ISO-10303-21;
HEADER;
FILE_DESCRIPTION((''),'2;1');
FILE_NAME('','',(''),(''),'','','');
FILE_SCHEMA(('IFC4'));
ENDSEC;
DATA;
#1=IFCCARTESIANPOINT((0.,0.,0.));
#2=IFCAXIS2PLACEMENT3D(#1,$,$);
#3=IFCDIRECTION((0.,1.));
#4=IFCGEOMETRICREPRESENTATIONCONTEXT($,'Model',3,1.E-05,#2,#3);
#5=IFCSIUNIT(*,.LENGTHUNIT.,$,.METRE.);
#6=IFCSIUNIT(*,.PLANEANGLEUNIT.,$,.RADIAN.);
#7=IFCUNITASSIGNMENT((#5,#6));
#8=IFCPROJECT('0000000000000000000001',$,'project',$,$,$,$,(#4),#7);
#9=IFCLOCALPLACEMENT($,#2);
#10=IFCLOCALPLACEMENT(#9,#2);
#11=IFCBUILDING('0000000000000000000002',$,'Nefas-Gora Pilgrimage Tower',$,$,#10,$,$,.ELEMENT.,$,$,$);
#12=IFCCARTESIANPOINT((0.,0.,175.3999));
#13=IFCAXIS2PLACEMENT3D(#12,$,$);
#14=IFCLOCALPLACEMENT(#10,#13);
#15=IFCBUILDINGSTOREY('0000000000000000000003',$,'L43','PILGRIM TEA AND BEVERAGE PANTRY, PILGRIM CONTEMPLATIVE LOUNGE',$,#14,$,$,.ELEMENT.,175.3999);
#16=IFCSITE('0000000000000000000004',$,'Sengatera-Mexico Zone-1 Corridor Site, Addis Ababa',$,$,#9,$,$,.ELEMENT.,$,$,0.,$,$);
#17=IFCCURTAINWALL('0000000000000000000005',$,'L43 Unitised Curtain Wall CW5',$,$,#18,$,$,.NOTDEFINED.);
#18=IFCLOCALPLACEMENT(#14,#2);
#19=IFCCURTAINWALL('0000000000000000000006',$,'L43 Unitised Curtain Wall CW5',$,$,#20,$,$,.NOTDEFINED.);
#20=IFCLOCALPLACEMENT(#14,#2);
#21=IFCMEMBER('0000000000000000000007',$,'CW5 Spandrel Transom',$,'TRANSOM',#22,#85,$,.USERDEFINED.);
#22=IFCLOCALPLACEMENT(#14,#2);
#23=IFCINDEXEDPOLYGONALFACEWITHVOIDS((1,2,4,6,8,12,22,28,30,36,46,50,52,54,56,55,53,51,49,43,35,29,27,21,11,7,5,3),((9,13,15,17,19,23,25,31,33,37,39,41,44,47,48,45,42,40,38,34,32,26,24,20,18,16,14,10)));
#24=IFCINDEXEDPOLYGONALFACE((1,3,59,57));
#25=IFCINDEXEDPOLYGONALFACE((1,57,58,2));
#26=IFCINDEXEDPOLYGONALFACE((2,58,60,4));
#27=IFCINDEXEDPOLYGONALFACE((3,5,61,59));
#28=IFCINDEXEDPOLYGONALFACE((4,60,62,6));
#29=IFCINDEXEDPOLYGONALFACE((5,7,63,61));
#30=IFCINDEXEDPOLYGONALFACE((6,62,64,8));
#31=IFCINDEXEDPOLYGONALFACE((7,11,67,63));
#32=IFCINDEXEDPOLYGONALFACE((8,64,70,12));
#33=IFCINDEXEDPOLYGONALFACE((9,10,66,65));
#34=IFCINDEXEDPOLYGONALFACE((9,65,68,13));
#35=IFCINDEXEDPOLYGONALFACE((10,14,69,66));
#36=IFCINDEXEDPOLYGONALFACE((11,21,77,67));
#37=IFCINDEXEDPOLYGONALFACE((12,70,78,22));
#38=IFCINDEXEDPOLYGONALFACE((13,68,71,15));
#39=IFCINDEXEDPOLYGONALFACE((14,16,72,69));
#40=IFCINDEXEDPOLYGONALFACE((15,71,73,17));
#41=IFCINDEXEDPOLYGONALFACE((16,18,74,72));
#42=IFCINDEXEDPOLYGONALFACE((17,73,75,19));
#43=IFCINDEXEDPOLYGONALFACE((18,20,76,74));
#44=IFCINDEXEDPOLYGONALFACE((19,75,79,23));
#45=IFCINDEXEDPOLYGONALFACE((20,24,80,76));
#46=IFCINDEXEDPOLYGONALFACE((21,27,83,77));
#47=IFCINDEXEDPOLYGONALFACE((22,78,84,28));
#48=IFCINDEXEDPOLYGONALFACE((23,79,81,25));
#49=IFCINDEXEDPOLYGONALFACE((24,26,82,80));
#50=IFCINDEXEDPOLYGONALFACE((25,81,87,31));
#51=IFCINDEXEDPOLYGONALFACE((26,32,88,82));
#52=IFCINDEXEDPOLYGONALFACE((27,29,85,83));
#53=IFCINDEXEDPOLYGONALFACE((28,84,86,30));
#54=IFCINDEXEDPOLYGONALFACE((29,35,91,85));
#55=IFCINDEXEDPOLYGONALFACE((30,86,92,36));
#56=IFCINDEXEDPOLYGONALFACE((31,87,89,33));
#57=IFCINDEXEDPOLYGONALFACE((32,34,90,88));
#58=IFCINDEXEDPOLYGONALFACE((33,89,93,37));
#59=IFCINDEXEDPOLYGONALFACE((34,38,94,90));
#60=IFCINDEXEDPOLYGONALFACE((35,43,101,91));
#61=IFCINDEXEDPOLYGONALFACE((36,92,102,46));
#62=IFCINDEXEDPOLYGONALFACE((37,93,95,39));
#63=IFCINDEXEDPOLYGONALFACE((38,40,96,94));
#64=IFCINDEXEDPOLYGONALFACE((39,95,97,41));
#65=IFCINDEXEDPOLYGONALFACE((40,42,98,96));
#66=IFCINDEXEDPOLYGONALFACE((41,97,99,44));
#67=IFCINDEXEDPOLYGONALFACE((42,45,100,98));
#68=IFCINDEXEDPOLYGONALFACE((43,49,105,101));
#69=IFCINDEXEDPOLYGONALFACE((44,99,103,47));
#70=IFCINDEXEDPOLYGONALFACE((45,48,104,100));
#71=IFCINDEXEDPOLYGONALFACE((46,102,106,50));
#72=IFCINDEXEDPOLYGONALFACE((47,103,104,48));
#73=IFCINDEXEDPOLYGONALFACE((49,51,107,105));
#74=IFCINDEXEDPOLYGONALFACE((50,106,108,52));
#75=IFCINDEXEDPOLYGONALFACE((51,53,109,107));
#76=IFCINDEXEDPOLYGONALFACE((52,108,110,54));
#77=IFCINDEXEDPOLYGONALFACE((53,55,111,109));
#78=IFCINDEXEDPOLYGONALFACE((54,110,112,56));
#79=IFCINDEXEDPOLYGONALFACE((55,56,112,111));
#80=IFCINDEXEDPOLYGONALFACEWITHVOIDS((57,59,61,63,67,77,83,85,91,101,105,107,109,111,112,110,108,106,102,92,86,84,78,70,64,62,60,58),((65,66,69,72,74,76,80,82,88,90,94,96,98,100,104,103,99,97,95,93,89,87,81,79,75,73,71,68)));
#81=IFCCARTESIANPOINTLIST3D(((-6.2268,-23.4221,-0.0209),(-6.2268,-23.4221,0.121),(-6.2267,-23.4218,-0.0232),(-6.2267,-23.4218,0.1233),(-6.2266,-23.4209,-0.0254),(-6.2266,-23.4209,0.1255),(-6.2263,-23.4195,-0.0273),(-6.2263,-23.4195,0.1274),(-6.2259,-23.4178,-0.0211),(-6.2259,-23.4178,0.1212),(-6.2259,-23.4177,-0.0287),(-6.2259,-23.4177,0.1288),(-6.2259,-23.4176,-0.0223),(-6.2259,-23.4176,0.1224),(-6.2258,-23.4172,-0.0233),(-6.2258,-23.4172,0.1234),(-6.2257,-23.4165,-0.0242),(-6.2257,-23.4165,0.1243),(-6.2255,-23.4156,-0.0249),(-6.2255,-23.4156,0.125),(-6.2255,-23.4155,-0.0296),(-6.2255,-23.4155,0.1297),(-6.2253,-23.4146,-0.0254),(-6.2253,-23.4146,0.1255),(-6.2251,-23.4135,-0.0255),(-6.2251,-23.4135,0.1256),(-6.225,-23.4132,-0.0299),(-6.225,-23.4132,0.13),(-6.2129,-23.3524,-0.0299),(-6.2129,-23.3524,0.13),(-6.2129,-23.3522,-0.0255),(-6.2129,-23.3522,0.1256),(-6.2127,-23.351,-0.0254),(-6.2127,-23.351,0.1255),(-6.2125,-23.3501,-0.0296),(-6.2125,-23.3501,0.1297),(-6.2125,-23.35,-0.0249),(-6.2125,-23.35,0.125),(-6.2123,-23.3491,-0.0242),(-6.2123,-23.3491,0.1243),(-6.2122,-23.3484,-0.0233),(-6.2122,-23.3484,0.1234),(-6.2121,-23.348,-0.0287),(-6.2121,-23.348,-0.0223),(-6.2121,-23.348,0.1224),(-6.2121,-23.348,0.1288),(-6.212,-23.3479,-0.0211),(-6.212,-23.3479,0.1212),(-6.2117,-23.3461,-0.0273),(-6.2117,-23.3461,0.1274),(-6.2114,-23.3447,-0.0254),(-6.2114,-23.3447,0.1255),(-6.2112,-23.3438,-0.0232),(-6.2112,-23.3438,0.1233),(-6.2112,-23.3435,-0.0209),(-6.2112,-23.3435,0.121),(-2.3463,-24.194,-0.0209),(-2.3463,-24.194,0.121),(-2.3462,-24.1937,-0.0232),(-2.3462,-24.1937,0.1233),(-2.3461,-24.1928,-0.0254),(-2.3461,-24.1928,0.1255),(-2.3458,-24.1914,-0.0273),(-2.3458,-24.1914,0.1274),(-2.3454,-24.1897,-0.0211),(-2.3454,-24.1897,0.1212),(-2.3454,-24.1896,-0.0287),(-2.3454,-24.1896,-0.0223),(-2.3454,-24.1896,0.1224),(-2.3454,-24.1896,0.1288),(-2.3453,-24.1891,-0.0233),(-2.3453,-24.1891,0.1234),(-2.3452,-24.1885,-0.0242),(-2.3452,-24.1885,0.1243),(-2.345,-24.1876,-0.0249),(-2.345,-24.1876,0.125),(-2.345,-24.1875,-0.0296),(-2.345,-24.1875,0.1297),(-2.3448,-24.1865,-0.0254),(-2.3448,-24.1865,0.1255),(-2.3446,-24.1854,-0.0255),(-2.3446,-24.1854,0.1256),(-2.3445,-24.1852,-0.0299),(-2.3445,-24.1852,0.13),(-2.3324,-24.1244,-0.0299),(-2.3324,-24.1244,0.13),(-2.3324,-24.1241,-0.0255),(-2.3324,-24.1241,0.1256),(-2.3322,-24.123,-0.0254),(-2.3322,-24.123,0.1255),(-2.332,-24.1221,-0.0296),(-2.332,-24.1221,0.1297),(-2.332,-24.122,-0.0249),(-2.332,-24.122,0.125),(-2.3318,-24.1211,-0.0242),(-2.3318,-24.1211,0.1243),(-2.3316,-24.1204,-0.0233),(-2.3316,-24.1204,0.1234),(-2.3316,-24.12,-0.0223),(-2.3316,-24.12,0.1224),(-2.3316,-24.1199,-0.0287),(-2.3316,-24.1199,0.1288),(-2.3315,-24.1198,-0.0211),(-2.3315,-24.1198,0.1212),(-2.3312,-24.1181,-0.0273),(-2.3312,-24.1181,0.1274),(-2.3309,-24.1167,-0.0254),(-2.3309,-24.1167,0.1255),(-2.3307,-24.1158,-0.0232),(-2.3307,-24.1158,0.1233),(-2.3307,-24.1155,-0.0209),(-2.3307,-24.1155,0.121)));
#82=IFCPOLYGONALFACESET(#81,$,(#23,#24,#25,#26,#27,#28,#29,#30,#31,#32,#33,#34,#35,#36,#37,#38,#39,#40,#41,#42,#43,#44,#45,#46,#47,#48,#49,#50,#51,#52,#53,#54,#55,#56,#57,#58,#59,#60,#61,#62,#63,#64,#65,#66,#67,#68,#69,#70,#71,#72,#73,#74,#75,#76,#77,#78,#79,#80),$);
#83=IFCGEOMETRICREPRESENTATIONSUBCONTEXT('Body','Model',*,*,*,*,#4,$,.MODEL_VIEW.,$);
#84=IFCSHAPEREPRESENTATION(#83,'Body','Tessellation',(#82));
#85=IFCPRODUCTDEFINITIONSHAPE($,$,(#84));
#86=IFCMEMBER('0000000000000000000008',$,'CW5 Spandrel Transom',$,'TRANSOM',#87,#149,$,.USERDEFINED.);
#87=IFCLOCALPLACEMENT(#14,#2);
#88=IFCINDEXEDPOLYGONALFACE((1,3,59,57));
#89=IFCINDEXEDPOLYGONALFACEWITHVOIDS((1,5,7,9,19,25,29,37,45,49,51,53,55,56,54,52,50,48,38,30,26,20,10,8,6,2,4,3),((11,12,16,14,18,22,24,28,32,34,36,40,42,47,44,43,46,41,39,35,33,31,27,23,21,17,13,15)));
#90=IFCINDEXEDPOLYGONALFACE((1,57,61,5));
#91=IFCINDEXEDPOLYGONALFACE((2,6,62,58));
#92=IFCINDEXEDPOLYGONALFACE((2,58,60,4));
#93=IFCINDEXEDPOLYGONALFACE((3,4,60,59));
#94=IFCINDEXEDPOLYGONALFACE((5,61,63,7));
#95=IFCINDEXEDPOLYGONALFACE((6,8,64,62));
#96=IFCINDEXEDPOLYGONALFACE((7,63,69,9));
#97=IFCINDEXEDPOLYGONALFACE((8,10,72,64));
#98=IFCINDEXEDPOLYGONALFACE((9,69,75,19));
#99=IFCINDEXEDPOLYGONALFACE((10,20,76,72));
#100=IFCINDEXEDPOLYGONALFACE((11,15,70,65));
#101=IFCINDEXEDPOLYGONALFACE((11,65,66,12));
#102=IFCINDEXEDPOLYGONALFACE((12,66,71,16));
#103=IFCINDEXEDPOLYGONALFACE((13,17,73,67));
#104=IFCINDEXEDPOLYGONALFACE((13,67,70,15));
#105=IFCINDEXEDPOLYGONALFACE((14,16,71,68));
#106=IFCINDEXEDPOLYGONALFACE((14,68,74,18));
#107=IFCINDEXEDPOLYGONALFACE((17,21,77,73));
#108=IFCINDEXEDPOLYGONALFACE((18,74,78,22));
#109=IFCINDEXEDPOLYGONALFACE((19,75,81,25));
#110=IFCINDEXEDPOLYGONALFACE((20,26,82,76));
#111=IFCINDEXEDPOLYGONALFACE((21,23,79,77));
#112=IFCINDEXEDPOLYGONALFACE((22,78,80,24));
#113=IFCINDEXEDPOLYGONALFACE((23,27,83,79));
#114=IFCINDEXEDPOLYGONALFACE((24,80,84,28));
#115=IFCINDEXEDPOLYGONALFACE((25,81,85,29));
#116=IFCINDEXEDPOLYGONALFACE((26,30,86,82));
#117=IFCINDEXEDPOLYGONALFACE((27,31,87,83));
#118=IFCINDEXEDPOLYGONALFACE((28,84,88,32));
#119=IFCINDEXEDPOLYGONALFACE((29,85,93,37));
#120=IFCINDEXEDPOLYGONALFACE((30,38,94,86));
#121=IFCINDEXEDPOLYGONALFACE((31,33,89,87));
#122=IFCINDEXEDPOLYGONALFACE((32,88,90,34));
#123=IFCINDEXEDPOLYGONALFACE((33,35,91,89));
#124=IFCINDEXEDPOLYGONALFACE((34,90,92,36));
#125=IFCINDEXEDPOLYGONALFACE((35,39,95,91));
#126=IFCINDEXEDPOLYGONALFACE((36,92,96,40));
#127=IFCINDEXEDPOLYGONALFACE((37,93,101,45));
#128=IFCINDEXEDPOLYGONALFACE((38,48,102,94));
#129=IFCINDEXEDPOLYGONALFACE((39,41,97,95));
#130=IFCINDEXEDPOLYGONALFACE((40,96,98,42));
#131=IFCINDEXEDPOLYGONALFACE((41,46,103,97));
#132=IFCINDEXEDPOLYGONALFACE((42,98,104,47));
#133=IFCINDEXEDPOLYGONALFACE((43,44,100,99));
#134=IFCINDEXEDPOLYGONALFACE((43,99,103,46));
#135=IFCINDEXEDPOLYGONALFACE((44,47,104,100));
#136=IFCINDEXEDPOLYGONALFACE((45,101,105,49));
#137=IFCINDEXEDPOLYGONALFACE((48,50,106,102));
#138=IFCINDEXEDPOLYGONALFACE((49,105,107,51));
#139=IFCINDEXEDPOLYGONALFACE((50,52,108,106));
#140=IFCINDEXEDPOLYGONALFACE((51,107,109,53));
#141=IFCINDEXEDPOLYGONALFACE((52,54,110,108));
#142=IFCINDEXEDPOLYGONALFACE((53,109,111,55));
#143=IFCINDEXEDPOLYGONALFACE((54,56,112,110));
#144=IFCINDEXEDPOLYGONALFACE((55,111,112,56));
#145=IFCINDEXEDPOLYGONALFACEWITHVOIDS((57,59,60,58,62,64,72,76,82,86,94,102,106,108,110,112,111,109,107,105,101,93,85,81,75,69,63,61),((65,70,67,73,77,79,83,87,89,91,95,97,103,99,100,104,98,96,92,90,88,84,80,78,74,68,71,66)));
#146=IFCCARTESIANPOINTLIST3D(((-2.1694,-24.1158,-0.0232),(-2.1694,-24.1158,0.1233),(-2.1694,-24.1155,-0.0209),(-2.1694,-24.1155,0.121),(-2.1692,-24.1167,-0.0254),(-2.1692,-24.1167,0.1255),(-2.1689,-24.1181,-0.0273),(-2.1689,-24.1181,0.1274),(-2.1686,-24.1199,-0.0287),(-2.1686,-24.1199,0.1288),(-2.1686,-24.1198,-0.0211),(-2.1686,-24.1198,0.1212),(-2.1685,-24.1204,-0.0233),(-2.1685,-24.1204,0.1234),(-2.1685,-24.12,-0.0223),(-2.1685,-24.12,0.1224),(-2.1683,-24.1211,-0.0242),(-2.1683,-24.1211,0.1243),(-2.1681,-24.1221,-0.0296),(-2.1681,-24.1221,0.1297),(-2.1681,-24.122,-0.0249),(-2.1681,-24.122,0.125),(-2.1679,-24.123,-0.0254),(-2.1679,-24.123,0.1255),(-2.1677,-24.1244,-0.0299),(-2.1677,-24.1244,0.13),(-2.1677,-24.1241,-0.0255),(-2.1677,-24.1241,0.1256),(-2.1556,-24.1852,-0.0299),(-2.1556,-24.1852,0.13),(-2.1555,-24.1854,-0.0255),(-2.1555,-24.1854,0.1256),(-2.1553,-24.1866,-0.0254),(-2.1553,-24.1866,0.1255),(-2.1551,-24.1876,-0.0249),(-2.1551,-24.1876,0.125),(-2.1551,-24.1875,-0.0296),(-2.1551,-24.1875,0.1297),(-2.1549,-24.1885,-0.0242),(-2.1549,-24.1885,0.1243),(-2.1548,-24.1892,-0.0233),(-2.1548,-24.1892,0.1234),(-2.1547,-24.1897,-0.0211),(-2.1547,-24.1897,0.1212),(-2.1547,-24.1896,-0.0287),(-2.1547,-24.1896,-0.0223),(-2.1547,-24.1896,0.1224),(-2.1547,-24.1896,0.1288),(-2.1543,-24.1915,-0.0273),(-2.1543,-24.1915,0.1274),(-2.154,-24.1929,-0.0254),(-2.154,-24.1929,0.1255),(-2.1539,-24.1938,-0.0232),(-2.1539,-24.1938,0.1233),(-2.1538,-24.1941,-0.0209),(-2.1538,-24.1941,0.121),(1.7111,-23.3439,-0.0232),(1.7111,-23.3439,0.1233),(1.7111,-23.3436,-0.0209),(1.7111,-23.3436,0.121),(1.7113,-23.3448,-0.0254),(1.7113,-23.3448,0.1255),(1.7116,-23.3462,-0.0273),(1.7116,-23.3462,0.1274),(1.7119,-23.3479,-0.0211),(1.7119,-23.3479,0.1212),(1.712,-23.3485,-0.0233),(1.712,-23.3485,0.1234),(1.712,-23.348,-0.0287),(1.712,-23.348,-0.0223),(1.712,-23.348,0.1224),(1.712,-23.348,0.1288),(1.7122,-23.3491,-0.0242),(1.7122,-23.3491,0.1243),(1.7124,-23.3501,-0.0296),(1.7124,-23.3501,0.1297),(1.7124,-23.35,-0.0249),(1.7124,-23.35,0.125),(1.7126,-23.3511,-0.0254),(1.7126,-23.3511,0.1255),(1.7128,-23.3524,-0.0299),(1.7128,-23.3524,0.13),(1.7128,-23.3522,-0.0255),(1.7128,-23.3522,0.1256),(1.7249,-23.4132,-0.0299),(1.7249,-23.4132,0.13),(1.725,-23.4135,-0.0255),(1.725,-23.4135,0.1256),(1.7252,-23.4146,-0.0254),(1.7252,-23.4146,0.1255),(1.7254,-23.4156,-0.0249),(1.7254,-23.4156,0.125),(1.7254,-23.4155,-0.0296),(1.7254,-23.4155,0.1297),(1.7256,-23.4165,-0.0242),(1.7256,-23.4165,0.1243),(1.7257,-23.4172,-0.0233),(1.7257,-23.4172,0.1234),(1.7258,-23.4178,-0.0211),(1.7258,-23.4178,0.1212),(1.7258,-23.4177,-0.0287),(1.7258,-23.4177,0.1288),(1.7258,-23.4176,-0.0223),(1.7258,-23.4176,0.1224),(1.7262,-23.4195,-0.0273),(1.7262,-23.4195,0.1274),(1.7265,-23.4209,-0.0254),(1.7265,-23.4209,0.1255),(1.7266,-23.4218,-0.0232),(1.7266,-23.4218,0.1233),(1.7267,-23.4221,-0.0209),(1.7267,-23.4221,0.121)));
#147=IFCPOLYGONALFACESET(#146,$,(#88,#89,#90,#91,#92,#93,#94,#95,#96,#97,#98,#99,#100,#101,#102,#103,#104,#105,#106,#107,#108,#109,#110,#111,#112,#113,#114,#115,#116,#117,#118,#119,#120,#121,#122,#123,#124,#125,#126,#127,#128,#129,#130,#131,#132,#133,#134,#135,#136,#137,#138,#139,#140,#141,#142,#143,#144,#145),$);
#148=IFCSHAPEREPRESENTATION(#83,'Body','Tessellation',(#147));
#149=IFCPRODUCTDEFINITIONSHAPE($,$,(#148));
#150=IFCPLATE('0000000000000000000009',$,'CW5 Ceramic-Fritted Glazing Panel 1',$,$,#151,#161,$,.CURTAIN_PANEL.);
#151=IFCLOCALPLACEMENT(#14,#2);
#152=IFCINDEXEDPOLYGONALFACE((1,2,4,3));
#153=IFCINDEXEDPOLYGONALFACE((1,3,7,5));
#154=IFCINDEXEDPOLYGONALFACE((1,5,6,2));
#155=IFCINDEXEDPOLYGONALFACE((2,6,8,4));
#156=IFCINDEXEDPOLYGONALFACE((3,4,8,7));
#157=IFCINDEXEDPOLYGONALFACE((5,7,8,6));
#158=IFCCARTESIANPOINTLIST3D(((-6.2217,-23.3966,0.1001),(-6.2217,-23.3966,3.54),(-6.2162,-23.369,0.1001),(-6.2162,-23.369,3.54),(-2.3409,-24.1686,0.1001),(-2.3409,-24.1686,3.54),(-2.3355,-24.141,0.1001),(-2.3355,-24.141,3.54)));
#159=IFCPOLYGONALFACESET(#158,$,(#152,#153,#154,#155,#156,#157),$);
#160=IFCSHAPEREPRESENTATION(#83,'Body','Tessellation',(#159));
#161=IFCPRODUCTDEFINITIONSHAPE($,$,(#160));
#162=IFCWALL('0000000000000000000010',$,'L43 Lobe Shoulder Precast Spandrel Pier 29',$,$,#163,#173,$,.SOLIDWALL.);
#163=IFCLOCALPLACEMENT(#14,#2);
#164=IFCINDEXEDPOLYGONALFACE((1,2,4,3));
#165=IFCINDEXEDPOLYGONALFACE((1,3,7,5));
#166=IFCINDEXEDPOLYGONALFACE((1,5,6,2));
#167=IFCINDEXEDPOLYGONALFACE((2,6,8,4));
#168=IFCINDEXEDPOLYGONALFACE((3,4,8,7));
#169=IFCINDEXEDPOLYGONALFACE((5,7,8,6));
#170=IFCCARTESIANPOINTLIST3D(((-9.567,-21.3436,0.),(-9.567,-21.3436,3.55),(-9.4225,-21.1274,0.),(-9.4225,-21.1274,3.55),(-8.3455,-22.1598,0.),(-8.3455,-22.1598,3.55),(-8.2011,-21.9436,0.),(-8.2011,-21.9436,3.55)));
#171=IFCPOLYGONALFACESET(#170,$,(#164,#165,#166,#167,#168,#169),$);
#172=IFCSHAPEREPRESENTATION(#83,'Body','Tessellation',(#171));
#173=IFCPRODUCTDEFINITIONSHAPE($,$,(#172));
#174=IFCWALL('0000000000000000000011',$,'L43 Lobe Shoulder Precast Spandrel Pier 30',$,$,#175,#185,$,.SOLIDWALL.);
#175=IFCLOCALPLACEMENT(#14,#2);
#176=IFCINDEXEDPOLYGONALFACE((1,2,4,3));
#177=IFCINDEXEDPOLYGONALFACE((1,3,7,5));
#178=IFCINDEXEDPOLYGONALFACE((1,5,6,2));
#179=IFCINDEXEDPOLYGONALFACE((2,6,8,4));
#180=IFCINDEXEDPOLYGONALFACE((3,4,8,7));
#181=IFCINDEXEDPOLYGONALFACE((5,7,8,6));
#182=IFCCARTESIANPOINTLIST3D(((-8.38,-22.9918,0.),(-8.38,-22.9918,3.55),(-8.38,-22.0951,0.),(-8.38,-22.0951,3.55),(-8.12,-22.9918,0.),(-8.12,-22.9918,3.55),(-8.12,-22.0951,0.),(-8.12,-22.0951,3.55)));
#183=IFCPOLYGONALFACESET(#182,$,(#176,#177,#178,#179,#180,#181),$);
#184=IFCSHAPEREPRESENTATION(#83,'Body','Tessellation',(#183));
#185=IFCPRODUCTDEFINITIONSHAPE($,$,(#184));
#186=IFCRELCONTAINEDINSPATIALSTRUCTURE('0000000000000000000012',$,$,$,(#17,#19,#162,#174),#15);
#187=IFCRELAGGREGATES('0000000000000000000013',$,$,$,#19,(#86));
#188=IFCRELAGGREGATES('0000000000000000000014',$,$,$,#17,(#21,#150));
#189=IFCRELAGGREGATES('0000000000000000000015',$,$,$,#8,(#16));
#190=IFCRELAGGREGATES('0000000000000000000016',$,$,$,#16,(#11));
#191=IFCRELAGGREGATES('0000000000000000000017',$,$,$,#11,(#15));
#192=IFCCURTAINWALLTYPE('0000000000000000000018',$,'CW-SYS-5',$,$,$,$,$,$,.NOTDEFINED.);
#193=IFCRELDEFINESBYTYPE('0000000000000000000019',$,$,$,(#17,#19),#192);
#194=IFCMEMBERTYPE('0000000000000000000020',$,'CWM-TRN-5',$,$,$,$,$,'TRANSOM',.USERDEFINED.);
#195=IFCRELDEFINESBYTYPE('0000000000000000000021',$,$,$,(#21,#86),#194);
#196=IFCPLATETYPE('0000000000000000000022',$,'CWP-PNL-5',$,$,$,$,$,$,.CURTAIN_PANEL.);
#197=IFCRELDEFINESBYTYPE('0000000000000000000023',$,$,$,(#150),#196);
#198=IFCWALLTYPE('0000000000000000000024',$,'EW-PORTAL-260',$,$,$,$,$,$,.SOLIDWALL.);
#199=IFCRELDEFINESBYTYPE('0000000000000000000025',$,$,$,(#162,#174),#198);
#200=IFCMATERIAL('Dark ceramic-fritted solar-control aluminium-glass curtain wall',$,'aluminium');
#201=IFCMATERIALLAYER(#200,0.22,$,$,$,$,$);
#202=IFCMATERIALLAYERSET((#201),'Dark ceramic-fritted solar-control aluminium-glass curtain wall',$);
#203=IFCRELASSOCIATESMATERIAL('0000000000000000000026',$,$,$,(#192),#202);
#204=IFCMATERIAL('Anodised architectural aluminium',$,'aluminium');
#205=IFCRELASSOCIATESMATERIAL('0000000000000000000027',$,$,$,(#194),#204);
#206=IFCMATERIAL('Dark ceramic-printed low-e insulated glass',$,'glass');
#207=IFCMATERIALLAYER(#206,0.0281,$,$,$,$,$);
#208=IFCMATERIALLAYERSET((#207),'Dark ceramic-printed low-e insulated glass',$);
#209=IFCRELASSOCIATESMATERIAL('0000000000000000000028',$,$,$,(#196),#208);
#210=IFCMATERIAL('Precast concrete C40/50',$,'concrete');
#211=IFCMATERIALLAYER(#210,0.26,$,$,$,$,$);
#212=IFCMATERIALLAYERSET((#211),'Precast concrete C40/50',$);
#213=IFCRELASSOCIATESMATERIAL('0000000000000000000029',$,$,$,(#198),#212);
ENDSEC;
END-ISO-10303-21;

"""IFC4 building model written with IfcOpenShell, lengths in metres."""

from ifc_helpers import new_model, si_unit, direction, frame, frame_2d, origin, origin_2d, place, context, subcontext, project, spatial, rectangle, hollow_rectangle, extrude, source, transform, mapped, material, layer, layer_set, material_profile, profile_set, type_object, element, aggregate, save


model = new_model("IFC4")

# Units and contexts
model_context = context("Model", 3, precision=1e-05, world=origin(), true_north=direction((0.0, 1.0)))
body_context = subcontext(model_context, "Body", "Model", "MODEL_VIEW")
ifc_project = project(units=[si_unit("LENGTHUNIT", "METRE"), si_unit("PLANEANGLEUNIT", "RADIAN")], contexts=[model_context])

# Site, building, storey
site_placement = place(None, origin())
site = spatial("IfcSite", under=ifc_project, at=site_placement, Name="Sengatera-Mexico Zone-1 Corridor Site, Addis Ababa", CompositionType="ELEMENT", RefElevation=0.0)
building_placement = place(site_placement, origin())
building = spatial("IfcBuilding", under=site, at=building_placement, Name="Nefas-Gora Pilgrimage Tower", CompositionType="ELEMENT")
storey_placement = place(building_placement, frame((0.0, 0.0, 175.3999)))
storey = spatial("IfcBuildingStorey", under=building, at=storey_placement, Name="L43", Description="PILGRIM TEA AND BEVERAGE PANTRY, PILGRIM CONTEMPLATIVE LOUNGE", CompositionType="ELEMENT", Elevation=175.3999)

# Shared definitions
ifc_material_1 = material(Name="Dark ceramic-fritted solar-control aluminium-glass curtain wall", Category="aluminium")
ifc_layer_1 = layer(ifc_material_1, 0.22)
ifc_layer_set_1 = layer_set([ifc_layer_1], Name="Dark ceramic-fritted solar-control aluminium-glass curtain wall")
curtain_wall_type = type_object("IfcCurtainWallType", Name="CW-SYS-5", PredefinedType="NOTDEFINED", material=ifc_layer_set_1)
ifc_material_2 = material(Name="Anodised architectural aluminium", Category="aluminium")

# Curtain wall
curtain_wall_1_placement = place(storey_placement, origin())
curtain_wall_1 = element("IfcCurtainWall", 1, at=curtain_wall_1_placement, inside=storey, type_object=curtain_wall_type, Name="L43 Unitised Curtain Wall CW5", PredefinedType="NOTDEFINED")

# Curtain wall
curtain_wall_2_placement = place(storey_placement, origin())
curtain_wall_2 = element("IfcCurtainWall", 2, at=curtain_wall_2_placement, inside=storey, type_object=curtain_wall_type, Name="L43 Unitised Curtain Wall CW5", PredefinedType="NOTDEFINED")

# Members
ifc_material_profile_1 = material_profile(ifc_material_2, hollow_rectangle(XDim=0.0801, YDim=0.1599, WallThickness=0.0044, InnerFilletRadius=0.0044, OuterFilletRadius=0.009, at=origin_2d()), Name="ALU TRANSOM 80x160")
ifc_profile_set_1 = profile_set([ifc_material_profile_1], Name="Anodised architectural aluminium")
member_type_1 = type_object("IfcMemberType", Name="CWM-TRN-5", ElementType="TRANSOM", PredefinedType="USERDEFINED", material=ifc_profile_set_1)
shared_shape_1 = source(origin(), body_context, "Body", "SweptSolid", [
    extrude(hollow_rectangle(XDim=0.0801, YDim=0.1599, WallThickness=0.0044, InnerFilletRadius=0.0044, OuterFilletRadius=0.009, at=origin_2d()), origin(), (0.0, 0.0, 1.0), 3.9565),
])
member_1_placement = place(storey_placement, frame((-6.219, -23.3828, 0.05), z_axis=(0.980782, -0.195107, 0.0), x_axis=(0.195107, 0.980782, 0.0)))
member_1 = element("IfcMember", 3, at=member_1_placement, type_object=member_type_1, Name="CW5 Spandrel Transom", ObjectType="TRANSOM", PredefinedType="USERDEFINED", context=body_context, shape_type="MappedRepresentation", body=[
    mapped(shared_shape_1, transform((0.0, 0.0, 0.0), x_axis=(1.0, 0.0, 0.0), y_axis=(0.0, 1.0, 0.0), z_axis=(0.0, 0.0, 1.0), scale=1.0)),
])
member_2_placement = place(storey_placement, frame((-2.1616, -24.1548, 0.05), z_axis=(0.980782, 0.195107, 0.0), x_axis=(-0.195107, 0.980782, 0.0)))
member_2 = element("IfcMember", 4, at=member_2_placement, type_object=member_type_1, Name="CW5 Spandrel Transom", ObjectType="TRANSOM", PredefinedType="USERDEFINED", context=body_context, shape_type="MappedRepresentation", body=[
    mapped(shared_shape_1, transform((0.0, 0.0, 0.0), x_axis=(1.0, 0.0, 0.0), y_axis=(0.0, 1.0, 0.0), z_axis=(0.0, 0.0, 1.0), scale=1.0)),
])
aggregate(curtain_wall_2, [member_2])

# Plate
ifc_material_3 = material(Name="Dark ceramic-printed low-e insulated glass", Category="glass")
ifc_layer_2 = layer(ifc_material_3, 0.0281)
ifc_layer_set_2 = layer_set([ifc_layer_2], Name="Dark ceramic-printed low-e insulated glass")
plate_type = type_object("IfcPlateType", Name="CWP-PNL-5", PredefinedType="CURTAIN_PANEL", material=ifc_layer_set_2)
shared_shape_2 = source(origin(), body_context, "Body", "SweptSolid", [
    extrude(rectangle(XDim=3.9568, YDim=0.0281, at=origin_2d()), origin(), (0.0, 0.0, 1.0), 3.4399),
])
plate_placement = place(storey_placement, frame((-4.2786, -23.7688, 0.1001), z_axis=(0.0, 0.0, 1.0), x_axis=(0.980783, -0.195102, 0.0)))
plate = element("IfcPlate", 5, at=plate_placement, type_object=plate_type, Name="CW5 Ceramic-Fritted Glazing Panel 1", PredefinedType="CURTAIN_PANEL", context=body_context, shape_type="MappedRepresentation", body=[
    mapped(shared_shape_2, transform((0.0, 0.0, 0.0), x_axis=(1.0, 0.0, 0.0), y_axis=(0.0, 1.0, 0.0), z_axis=(0.0, 0.0, 1.0), scale=1.0)),
])
aggregate(curtain_wall_1, [member_1, plate])

# Walls
ifc_material_4 = material(Name="Precast concrete C40/50", Category="concrete")
ifc_layer_3 = layer(ifc_material_4, 0.26)
ifc_layer_set_3 = layer_set([ifc_layer_3], Name="Precast concrete C40/50")
wall_type_1 = type_object("IfcWallType", Name="EW-PORTAL-260", PredefinedType="SOLIDWALL", material=ifc_layer_set_3)
shared_shape_3 = source(origin(), body_context, "Body", "SweptSolid", [
    extrude(rectangle(XDim=1.469, YDim=0.26, at=frame_2d((0.7344, 0.0))), origin(), (0.0, 0.0, 1.0), 3.55),
])
wall_1_placement = place(storey_placement, frame((-9.4946, -21.2356, 0.0), z_axis=(0.0, 0.0, 1.0), x_axis=(0.831462, -0.555582, 0.0)))
element("IfcWall", 6, at=wall_1_placement, inside=storey, type_object=wall_type_1, Name="L43 Lobe Shoulder Precast Spandrel Pier 29", PredefinedType="SOLIDWALL", context=body_context, shape_type="MappedRepresentation", body=[
    mapped(shared_shape_3, transform((0.0, 0.0, 0.0), x_axis=(1.0, 0.0, 0.0), y_axis=(0.0, 1.0, 0.0), z_axis=(0.0, 0.0, 1.0), scale=1.0)),
])
shared_shape_4 = source(origin(), body_context, "Body", "SweptSolid", [
    extrude(rectangle(XDim=0.8967, YDim=0.26, at=frame_2d((0.4482, 0.0))), origin(), (0.0, 0.0, 1.0), 3.55),
])
wall_2_placement = place(storey_placement, frame((-8.25, -22.0952, 0.0), z_axis=(0.0, 0.0, 1.0), x_axis=(0.0, -1.0, 0.0)))
element("IfcWall", 7, at=wall_2_placement, inside=storey, type_object=wall_type_1, Name="L43 Lobe Shoulder Precast Spandrel Pier 30", PredefinedType="SOLIDWALL", context=body_context, shape_type="MappedRepresentation", body=[
    mapped(shared_shape_4, transform((0.0, 0.0, 0.0), x_axis=(1.0, 0.0, 0.0), y_axis=(0.0, 1.0, 0.0), z_axis=(0.0, 0.0, 1.0), scale=1.0)),
])

save(model, "model.ifc")
